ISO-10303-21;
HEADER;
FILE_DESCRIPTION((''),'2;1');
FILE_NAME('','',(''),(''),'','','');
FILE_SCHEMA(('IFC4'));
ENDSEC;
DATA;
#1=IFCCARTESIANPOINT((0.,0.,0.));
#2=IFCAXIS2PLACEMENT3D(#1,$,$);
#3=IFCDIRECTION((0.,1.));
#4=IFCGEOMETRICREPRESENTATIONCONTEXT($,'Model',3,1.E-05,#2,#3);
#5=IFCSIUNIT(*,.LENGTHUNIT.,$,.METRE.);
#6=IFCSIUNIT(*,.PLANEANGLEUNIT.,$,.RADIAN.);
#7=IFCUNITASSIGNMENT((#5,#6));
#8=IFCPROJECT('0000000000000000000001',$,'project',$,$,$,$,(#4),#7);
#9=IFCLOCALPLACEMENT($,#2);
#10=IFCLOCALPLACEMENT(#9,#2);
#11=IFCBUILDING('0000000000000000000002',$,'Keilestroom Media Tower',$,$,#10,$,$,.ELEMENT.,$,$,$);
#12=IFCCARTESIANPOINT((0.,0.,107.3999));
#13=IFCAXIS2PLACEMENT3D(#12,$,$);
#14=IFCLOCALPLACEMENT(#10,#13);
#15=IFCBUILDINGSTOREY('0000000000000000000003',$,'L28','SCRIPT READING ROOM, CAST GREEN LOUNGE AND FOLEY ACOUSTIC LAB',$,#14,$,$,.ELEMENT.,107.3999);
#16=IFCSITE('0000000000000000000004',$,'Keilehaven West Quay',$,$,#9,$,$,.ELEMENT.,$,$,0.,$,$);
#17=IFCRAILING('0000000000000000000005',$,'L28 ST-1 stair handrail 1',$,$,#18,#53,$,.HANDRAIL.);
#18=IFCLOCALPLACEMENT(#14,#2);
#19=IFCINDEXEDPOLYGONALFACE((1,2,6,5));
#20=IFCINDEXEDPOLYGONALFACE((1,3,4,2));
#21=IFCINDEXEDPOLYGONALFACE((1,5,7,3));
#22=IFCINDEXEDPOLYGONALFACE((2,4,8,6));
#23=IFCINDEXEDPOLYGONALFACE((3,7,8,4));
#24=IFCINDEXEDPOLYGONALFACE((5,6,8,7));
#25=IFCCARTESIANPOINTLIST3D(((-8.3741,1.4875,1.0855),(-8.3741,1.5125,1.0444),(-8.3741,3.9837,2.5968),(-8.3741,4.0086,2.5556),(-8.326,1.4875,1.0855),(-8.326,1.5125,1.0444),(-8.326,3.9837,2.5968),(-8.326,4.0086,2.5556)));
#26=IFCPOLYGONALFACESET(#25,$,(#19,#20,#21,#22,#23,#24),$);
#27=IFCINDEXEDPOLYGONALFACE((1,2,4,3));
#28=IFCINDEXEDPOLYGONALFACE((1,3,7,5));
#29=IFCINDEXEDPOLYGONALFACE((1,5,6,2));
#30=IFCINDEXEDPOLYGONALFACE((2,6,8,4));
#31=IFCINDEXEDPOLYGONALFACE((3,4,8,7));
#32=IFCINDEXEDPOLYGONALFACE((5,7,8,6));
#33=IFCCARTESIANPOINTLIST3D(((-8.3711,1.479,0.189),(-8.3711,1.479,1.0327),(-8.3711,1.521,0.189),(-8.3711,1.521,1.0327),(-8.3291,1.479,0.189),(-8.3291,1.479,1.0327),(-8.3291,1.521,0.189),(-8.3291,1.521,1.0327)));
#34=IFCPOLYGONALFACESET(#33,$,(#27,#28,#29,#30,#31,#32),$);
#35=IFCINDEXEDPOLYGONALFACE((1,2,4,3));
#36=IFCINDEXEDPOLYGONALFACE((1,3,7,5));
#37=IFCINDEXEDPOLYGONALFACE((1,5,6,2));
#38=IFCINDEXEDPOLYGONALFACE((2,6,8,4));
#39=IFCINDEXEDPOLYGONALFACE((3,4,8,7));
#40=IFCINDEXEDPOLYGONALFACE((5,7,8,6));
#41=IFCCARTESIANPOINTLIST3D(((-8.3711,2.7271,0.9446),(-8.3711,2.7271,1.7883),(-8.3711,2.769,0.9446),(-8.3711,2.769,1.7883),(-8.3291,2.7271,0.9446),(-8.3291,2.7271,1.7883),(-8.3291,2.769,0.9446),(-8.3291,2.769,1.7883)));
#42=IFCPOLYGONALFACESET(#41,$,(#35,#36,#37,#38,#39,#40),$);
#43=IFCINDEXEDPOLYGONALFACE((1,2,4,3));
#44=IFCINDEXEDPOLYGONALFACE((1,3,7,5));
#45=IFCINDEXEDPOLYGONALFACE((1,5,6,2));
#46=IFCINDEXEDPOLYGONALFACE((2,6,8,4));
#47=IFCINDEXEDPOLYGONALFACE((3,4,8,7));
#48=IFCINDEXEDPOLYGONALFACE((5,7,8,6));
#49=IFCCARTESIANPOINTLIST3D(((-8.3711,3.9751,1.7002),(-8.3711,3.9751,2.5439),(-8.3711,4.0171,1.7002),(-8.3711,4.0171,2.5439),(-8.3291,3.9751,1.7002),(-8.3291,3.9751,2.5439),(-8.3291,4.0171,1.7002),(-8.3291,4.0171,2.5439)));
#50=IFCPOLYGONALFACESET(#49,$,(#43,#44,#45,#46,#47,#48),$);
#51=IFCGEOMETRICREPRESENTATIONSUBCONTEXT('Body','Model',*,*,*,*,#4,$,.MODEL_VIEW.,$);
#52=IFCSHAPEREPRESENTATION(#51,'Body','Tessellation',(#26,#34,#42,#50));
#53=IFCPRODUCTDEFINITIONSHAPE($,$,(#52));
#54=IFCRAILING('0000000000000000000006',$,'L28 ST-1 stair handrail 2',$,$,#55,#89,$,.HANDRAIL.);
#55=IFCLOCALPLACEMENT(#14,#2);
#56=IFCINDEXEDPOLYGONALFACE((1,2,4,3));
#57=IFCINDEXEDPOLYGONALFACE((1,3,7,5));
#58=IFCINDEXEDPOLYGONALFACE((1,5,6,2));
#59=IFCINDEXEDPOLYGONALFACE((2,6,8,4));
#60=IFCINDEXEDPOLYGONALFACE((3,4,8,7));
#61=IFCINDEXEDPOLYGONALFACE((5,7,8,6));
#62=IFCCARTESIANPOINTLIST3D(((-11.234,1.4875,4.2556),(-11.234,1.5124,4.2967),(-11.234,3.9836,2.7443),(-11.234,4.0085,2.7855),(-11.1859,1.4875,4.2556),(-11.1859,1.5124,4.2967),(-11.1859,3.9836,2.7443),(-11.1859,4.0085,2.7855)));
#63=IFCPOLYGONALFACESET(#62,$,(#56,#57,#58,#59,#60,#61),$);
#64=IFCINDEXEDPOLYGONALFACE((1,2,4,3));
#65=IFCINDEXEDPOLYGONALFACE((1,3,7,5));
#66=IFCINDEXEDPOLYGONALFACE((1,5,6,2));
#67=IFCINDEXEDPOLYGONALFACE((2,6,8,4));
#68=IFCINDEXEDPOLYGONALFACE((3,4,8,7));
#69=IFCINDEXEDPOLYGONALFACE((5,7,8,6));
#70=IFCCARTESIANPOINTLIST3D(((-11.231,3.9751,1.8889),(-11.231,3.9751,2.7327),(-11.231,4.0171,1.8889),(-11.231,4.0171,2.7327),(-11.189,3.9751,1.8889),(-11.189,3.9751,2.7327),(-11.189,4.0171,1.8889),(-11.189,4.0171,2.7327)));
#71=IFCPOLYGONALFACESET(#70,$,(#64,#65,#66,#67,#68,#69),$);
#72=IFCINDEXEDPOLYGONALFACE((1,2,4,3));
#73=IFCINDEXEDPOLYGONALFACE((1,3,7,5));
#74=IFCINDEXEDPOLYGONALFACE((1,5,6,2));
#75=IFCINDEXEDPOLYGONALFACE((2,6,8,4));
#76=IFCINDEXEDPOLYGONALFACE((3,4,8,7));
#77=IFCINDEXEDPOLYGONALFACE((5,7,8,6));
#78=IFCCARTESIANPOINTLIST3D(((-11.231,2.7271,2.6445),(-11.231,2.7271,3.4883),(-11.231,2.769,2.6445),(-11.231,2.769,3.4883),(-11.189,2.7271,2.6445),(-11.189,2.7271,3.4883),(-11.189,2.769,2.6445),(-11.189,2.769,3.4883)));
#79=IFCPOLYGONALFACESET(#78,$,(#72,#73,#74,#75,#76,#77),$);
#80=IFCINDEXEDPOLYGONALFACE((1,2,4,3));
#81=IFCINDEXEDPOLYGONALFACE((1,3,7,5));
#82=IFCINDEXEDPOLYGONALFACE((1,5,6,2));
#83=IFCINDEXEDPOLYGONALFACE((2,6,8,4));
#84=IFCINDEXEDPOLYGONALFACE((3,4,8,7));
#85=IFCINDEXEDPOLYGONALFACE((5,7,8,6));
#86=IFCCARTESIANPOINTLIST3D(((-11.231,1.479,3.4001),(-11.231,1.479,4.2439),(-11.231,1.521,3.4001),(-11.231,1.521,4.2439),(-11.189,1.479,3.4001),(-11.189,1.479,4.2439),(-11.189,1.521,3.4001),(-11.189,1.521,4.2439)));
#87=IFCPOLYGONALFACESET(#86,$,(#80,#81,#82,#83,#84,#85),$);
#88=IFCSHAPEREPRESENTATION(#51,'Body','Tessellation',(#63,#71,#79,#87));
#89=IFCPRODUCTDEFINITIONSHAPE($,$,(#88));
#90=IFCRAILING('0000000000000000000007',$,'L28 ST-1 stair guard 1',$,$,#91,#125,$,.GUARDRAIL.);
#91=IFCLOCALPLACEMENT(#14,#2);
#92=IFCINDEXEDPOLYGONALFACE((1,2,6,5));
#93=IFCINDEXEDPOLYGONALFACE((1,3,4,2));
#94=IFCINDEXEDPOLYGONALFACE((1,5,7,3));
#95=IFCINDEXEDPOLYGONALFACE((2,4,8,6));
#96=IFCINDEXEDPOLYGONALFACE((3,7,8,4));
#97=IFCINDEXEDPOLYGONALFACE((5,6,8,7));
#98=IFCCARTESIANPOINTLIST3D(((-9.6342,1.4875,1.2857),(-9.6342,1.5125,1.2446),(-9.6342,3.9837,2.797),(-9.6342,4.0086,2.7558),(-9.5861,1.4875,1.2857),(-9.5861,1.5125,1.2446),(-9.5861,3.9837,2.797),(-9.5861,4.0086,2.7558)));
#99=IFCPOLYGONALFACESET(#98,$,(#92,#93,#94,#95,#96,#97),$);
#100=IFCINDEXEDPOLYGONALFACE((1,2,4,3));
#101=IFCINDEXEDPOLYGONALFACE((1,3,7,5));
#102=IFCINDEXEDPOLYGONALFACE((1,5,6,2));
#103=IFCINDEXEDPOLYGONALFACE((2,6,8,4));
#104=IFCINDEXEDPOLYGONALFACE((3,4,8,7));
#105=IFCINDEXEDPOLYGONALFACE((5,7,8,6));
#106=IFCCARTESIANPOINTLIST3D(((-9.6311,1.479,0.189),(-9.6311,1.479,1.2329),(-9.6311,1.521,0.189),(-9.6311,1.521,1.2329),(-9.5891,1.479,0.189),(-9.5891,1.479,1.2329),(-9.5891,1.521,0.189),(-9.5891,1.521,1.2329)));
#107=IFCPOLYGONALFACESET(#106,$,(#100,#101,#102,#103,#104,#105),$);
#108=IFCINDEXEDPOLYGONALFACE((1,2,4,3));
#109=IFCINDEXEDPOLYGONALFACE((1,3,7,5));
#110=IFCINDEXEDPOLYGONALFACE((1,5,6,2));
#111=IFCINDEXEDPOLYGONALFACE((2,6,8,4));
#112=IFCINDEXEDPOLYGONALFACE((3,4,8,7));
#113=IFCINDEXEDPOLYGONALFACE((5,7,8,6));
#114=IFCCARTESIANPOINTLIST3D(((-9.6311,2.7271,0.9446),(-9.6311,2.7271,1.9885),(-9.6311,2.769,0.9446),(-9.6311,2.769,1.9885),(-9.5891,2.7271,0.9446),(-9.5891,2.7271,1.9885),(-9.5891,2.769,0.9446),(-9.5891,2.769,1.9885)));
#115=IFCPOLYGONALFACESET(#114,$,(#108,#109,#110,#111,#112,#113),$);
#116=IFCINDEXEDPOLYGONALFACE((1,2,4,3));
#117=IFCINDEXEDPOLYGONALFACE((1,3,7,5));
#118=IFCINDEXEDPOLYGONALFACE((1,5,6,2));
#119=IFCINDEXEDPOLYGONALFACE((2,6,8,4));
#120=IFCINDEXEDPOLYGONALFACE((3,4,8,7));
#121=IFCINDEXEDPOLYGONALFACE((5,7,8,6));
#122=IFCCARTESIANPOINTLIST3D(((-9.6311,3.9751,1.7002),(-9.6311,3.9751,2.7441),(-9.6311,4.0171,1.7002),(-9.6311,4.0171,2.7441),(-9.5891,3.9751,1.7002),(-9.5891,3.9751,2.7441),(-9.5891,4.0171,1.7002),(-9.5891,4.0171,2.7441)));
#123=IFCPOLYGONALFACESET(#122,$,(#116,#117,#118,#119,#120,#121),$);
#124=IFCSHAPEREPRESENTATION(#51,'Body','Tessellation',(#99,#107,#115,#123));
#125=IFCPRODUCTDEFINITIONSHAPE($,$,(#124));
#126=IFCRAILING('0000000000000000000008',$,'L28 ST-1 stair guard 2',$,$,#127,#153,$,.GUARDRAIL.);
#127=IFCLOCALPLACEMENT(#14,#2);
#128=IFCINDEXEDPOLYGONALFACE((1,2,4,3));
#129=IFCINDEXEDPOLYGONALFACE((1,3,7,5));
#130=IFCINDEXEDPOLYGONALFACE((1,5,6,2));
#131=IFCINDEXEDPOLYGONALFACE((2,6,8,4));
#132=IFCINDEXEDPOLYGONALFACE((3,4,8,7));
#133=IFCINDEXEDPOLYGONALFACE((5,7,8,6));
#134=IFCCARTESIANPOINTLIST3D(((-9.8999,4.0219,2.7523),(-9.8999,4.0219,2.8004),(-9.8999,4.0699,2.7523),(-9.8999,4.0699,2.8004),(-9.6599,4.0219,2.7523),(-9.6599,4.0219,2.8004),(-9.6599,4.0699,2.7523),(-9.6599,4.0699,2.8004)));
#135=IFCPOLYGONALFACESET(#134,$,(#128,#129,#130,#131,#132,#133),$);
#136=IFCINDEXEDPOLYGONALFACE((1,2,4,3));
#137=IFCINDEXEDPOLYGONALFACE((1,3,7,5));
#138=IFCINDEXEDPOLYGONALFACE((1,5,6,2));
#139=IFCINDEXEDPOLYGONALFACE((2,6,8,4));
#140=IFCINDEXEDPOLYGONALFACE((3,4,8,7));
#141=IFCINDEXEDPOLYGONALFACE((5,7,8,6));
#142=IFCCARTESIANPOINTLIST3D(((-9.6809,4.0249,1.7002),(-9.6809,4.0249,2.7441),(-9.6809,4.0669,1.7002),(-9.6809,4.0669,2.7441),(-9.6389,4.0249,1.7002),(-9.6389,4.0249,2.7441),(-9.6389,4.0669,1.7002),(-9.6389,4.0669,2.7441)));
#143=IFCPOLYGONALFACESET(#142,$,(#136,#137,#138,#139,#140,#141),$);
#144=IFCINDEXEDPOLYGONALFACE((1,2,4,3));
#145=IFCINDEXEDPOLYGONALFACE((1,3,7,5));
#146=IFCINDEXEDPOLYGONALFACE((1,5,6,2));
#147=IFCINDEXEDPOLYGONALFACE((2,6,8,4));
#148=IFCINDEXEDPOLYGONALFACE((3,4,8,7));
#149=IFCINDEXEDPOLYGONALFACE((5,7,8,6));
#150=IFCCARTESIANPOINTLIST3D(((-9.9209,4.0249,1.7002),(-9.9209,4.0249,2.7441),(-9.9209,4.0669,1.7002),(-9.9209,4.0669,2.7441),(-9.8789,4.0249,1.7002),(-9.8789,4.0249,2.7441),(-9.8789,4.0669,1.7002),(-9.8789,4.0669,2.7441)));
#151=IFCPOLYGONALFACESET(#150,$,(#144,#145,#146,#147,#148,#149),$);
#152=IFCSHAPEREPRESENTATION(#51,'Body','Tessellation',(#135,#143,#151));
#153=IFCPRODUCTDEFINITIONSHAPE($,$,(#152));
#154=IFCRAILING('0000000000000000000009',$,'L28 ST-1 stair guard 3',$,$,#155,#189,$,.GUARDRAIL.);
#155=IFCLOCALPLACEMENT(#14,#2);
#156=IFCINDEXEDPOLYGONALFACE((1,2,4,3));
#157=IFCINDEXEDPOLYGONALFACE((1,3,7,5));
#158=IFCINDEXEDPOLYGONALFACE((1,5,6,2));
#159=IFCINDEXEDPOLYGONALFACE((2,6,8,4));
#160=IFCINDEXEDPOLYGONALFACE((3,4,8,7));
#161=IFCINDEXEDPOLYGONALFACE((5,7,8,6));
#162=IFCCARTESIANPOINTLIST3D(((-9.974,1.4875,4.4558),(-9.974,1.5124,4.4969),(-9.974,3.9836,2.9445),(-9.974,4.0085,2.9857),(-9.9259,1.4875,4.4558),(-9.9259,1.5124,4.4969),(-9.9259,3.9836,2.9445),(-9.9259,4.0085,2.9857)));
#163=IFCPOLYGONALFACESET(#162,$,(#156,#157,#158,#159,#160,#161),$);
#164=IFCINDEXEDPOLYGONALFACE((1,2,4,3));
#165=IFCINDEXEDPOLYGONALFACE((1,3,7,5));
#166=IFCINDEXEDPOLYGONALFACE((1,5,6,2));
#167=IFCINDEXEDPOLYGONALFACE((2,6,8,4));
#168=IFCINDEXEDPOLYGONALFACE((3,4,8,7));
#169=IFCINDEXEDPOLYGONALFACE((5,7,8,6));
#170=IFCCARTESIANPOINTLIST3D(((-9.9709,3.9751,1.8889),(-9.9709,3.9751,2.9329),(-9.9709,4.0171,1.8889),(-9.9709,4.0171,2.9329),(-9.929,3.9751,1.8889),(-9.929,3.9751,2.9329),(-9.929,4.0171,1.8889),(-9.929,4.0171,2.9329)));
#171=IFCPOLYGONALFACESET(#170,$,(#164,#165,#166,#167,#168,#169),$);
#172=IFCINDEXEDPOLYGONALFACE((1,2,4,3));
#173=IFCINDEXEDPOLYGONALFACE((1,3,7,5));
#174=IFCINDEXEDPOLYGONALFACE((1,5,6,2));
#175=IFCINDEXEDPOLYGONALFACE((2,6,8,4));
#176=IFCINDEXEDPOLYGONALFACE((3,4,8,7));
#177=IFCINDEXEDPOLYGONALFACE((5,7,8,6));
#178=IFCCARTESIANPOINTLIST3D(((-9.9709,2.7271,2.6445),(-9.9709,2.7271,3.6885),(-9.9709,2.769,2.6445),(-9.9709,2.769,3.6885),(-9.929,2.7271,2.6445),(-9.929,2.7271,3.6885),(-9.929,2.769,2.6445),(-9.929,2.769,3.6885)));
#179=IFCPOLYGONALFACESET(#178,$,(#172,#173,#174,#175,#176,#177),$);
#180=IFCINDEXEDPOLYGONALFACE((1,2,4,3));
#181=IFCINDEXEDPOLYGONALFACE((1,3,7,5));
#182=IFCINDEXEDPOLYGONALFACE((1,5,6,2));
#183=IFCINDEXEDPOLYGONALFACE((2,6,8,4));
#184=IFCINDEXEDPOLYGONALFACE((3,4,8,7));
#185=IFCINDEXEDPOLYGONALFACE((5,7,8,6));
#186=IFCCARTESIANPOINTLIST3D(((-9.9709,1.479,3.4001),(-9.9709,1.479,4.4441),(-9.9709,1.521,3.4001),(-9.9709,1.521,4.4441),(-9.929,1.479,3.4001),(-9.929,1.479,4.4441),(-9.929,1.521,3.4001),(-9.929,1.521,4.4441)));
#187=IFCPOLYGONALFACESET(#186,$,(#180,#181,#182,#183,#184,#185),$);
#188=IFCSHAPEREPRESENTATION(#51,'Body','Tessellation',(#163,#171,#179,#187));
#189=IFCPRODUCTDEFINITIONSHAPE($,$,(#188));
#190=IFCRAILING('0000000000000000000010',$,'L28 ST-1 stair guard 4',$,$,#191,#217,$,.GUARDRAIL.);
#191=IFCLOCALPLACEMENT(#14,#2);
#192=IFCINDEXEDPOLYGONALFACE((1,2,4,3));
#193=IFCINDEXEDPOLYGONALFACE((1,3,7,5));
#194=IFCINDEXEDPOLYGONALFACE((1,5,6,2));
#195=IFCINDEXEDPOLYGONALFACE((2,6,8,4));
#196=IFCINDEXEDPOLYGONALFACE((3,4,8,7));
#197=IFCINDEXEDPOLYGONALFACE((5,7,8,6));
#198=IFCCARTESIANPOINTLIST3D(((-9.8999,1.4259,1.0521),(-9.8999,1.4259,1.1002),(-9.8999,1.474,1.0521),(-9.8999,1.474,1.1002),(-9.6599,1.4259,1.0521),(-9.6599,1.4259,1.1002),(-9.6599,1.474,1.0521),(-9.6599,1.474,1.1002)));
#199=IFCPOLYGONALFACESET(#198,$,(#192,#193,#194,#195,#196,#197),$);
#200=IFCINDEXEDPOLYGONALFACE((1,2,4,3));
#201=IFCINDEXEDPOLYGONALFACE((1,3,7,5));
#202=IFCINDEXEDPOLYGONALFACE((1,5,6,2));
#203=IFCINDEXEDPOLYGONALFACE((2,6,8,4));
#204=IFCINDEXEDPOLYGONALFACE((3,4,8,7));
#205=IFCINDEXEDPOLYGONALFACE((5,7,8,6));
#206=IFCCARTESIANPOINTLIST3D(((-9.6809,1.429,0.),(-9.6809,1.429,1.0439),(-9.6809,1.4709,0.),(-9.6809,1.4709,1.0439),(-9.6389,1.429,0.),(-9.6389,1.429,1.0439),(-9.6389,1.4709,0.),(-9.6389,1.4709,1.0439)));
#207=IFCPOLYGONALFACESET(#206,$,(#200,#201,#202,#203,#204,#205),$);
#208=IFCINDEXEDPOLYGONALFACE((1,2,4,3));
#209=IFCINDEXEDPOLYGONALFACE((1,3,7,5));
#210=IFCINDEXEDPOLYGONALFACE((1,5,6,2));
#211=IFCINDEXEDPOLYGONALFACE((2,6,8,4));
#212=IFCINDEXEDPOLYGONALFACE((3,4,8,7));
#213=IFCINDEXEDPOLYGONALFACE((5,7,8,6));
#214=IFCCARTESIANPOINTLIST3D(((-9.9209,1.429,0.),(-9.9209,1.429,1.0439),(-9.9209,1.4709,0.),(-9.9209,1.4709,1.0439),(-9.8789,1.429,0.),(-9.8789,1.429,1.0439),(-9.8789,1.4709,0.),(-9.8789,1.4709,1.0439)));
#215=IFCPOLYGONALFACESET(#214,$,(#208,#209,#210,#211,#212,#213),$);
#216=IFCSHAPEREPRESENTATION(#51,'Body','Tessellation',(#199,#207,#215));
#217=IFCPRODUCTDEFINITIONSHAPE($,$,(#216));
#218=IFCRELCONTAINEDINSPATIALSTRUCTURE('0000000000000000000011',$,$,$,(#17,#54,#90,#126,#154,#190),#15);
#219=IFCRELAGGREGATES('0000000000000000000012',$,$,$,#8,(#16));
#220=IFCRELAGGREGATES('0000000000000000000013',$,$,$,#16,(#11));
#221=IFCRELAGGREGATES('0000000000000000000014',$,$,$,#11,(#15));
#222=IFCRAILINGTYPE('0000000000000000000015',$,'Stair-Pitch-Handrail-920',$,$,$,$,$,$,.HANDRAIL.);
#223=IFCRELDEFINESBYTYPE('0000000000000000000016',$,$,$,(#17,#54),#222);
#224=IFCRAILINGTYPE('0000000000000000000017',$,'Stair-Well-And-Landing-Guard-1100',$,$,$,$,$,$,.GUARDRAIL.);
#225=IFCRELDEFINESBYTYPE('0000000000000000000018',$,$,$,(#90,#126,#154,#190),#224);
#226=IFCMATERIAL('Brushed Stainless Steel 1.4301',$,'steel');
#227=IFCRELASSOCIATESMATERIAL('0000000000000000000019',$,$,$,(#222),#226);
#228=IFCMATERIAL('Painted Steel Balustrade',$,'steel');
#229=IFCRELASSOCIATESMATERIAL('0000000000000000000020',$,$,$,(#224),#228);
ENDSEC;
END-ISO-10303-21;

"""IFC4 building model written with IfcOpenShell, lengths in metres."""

from ifc_helpers import new_model, si_unit, direction, frame, origin, origin_2d, place, context, subcontext, project, spatial, rectangle, extrude, material, type_object, element, save


model = new_model("IFC4")

# Units and contexts
model_context = context("Model", 3, precision=1e-05, world=origin(), true_north=direction((0.0, 1.0)))
body_context = subcontext(model_context, "Body", "Model", "MODEL_VIEW")
ifc_project = project(units=[si_unit("LENGTHUNIT", "METRE"), si_unit("PLANEANGLEUNIT", "RADIAN")], contexts=[model_context])

# Site, building, storey
site_placement = place(None, origin())
site = spatial("IfcSite", under=ifc_project, at=site_placement, Name="Keilehaven West Quay", CompositionType="ELEMENT", RefElevation=0.0)
building_placement = place(site_placement, origin())
building = spatial("IfcBuilding", under=site, at=building_placement, Name="Keilestroom Media Tower", CompositionType="ELEMENT")
storey_placement = place(building_placement, frame((0.0, 0.0, 107.3999)))
storey = spatial("IfcBuildingStorey", under=building, at=storey_placement, Name="L28", Description="SCRIPT READING ROOM, CAST GREEN LOUNGE AND FOLEY ACOUSTIC LAB", CompositionType="ELEMENT", Elevation=107.3999)

# Railings
ifc_material_1 = material(Name="Brushed Stainless Steel 1.4301", Category="steel")
railing_type_1 = type_object("IfcRailingType", Name="Stair-Pitch-Handrail-920", PredefinedType="HANDRAIL", material=ifc_material_1)
railing_1_placement = place(storey_placement, frame((-8.3501, 1.5, 0.189)))
element("IfcRailing", 1, at=railing_1_placement, inside=storey, type_object=railing_type_1, Name="L28 ST-1 stair handrail 1", PredefinedType="HANDRAIL", context=body_context, shape_type="SweptSolid", body=[
    extrude(rectangle(XDim=0.0481, YDim=0.0481, at=origin_2d()), frame((0.0, 0.0, 0.876), z_axis=(0.0, 0.855434, 0.517912), x_axis=(-1.0, 0.0, 0.0)), (0.0, 0.0, 1.0), 2.918),
    extrude(rectangle(XDim=0.042, YDim=0.042, at=origin_2d()), origin(), (0.0, 0.0, 1.0), 0.8438),
    extrude(rectangle(XDim=0.042, YDim=0.042, at=origin_2d()), frame((0.0, 1.248, 0.7556)), (0.0, 0.0, 1.0), 0.8438),
    extrude(rectangle(XDim=0.042, YDim=0.042, at=origin_2d()), frame((0.0, 2.4961, 1.5112)), (0.0, 0.0, 1.0), 0.8438),
])
railing_2_placement = place(storey_placement, frame((-11.21, 3.9961, 1.8889)))
element("IfcRailing", 2, at=railing_2_placement, inside=storey, type_object=railing_type_1, Name="L28 ST-1 stair handrail 2", PredefinedType="HANDRAIL", context=body_context, shape_type="SweptSolid", body=[
    extrude(rectangle(XDim=0.0481, YDim=0.0481, at=origin_2d()), frame((0.0, 0.0, 0.876), z_axis=(0.0, -0.855434, 0.517912), x_axis=(1.0, 0.0, 0.0)), (0.0, 0.0, 1.0), 2.918),
    extrude(rectangle(XDim=0.042, YDim=0.042, at=origin_2d()), origin(), (0.0, 0.0, 1.0), 0.8438),
    extrude(rectangle(XDim=0.042, YDim=0.042, at=origin_2d()), frame((0.0, -1.248, 0.7556)), (0.0, 0.0, 1.0), 0.8438),
    extrude(rectangle(XDim=0.042, YDim=0.042, at=origin_2d()), frame((0.0, -2.4961, 1.5112)), (0.0, 0.0, 1.0), 0.8438),
])
ifc_material_2 = material(Name="Painted Steel Balustrade", Category="steel")
railing_type_2 = type_object("IfcRailingType", Name="Stair-Well-And-Landing-Guard-1100", PredefinedType="GUARDRAIL", material=ifc_material_2)
railing_3_placement = place(storey_placement, frame((-9.6101, 1.5, 0.189)))
element("IfcRailing", 3, at=railing_3_placement, inside=storey, type_object=railing_type_2, Name="L28 ST-1 stair guard 1", PredefinedType="GUARDRAIL", context=body_context, shape_type="SweptSolid", body=[
    extrude(rectangle(XDim=0.0481, YDim=0.0481, at=origin_2d()), frame((0.0, 0.0, 1.0762), z_axis=(0.0, 0.855434, 0.517912), x_axis=(-1.0, 0.0, 0.0)), (0.0, 0.0, 1.0), 2.918),
    extrude(rectangle(XDim=0.042, YDim=0.042, at=origin_2d()), origin(), (0.0, 0.0, 1.0), 1.0439),
    extrude(rectangle(XDim=0.042, YDim=0.042, at=origin_2d()), frame((0.0, 1.248, 0.7556)), (0.0, 0.0, 1.0), 1.0439),
    extrude(rectangle(XDim=0.042, YDim=0.042, at=origin_2d()), frame((0.0, 2.4961, 1.5112)), (0.0, 0.0, 1.0), 1.0439),
])
railing_4_placement = place(storey_placement, frame((-9.6599, 4.0459, 1.7002)))
element("IfcRailing", 4, at=railing_4_placement, inside=storey, type_object=railing_type_2, Name="L28 ST-1 stair guard 2", PredefinedType="GUARDRAIL", context=body_context, shape_type="SweptSolid", body=[
    extrude(rectangle(XDim=0.0481, YDim=0.0481, at=origin_2d()), frame((0.0, 0.0, 1.0762), z_axis=(-1.0, 0.0, 0.0), x_axis=(0.0, -1.0, 0.0)), (0.0, 0.0, 1.0), 0.24),
    extrude(rectangle(XDim=0.042, YDim=0.042, at=origin_2d()), origin(), (0.0, 0.0, 1.0), 1.0439),
    extrude(rectangle(XDim=0.042, YDim=0.042, at=origin_2d()), frame((-0.24, 0.0, 0.0)), (0.0, 0.0, 1.0), 1.0439),
])
railing_5_placement = place(storey_placement, frame((-9.95, 3.9961, 1.8889)))
element("IfcRailing", 5, at=railing_5_placement, inside=storey, type_object=railing_type_2, Name="L28 ST-1 stair guard 3", PredefinedType="GUARDRAIL", context=body_context, shape_type="SweptSolid", body=[
    extrude(rectangle(XDim=0.0481, YDim=0.0481, at=origin_2d()), frame((0.0, 0.0, 1.0762), z_axis=(0.0, -0.855434, 0.517912), x_axis=(1.0, 0.0, 0.0)), (0.0, 0.0, 1.0), 2.918),
    extrude(rectangle(XDim=0.042, YDim=0.042, at=origin_2d()), origin(), (0.0, 0.0, 1.0), 1.0439),
    extrude(rectangle(XDim=0.042, YDim=0.042, at=origin_2d()), frame((0.0, -1.248, 0.7556)), (0.0, 0.0, 1.0), 1.0439),
    extrude(rectangle(XDim=0.042, YDim=0.042, at=origin_2d()), frame((0.0, -2.4961, 1.5112)), (0.0, 0.0, 1.0), 1.0439),
])
railing_6_placement = place(storey_placement, frame((-9.6599, 1.45, 0.0)))
element("IfcRailing", 6, at=railing_6_placement, inside=storey, type_object=railing_type_2, Name="L28 ST-1 stair guard 4", PredefinedType="GUARDRAIL", context=body_context, shape_type="SweptSolid", body=[
    extrude(rectangle(XDim=0.0481, YDim=0.0481, at=origin_2d()), frame((0.0, 0.0, 1.0762), z_axis=(-1.0, 0.0, 0.0), x_axis=(0.0, -1.0, 0.0)), (0.0, 0.0, 1.0), 0.24),
    extrude(rectangle(XDim=0.042, YDim=0.042, at=origin_2d()), origin(), (0.0, 0.0, 1.0), 1.0439),
    extrude(rectangle(XDim=0.042, YDim=0.042, at=origin_2d()), frame((-0.24, 0.0, 0.0)), (0.0, 0.0, 1.0), 1.0439),
])

save(model, "model.ifc")
